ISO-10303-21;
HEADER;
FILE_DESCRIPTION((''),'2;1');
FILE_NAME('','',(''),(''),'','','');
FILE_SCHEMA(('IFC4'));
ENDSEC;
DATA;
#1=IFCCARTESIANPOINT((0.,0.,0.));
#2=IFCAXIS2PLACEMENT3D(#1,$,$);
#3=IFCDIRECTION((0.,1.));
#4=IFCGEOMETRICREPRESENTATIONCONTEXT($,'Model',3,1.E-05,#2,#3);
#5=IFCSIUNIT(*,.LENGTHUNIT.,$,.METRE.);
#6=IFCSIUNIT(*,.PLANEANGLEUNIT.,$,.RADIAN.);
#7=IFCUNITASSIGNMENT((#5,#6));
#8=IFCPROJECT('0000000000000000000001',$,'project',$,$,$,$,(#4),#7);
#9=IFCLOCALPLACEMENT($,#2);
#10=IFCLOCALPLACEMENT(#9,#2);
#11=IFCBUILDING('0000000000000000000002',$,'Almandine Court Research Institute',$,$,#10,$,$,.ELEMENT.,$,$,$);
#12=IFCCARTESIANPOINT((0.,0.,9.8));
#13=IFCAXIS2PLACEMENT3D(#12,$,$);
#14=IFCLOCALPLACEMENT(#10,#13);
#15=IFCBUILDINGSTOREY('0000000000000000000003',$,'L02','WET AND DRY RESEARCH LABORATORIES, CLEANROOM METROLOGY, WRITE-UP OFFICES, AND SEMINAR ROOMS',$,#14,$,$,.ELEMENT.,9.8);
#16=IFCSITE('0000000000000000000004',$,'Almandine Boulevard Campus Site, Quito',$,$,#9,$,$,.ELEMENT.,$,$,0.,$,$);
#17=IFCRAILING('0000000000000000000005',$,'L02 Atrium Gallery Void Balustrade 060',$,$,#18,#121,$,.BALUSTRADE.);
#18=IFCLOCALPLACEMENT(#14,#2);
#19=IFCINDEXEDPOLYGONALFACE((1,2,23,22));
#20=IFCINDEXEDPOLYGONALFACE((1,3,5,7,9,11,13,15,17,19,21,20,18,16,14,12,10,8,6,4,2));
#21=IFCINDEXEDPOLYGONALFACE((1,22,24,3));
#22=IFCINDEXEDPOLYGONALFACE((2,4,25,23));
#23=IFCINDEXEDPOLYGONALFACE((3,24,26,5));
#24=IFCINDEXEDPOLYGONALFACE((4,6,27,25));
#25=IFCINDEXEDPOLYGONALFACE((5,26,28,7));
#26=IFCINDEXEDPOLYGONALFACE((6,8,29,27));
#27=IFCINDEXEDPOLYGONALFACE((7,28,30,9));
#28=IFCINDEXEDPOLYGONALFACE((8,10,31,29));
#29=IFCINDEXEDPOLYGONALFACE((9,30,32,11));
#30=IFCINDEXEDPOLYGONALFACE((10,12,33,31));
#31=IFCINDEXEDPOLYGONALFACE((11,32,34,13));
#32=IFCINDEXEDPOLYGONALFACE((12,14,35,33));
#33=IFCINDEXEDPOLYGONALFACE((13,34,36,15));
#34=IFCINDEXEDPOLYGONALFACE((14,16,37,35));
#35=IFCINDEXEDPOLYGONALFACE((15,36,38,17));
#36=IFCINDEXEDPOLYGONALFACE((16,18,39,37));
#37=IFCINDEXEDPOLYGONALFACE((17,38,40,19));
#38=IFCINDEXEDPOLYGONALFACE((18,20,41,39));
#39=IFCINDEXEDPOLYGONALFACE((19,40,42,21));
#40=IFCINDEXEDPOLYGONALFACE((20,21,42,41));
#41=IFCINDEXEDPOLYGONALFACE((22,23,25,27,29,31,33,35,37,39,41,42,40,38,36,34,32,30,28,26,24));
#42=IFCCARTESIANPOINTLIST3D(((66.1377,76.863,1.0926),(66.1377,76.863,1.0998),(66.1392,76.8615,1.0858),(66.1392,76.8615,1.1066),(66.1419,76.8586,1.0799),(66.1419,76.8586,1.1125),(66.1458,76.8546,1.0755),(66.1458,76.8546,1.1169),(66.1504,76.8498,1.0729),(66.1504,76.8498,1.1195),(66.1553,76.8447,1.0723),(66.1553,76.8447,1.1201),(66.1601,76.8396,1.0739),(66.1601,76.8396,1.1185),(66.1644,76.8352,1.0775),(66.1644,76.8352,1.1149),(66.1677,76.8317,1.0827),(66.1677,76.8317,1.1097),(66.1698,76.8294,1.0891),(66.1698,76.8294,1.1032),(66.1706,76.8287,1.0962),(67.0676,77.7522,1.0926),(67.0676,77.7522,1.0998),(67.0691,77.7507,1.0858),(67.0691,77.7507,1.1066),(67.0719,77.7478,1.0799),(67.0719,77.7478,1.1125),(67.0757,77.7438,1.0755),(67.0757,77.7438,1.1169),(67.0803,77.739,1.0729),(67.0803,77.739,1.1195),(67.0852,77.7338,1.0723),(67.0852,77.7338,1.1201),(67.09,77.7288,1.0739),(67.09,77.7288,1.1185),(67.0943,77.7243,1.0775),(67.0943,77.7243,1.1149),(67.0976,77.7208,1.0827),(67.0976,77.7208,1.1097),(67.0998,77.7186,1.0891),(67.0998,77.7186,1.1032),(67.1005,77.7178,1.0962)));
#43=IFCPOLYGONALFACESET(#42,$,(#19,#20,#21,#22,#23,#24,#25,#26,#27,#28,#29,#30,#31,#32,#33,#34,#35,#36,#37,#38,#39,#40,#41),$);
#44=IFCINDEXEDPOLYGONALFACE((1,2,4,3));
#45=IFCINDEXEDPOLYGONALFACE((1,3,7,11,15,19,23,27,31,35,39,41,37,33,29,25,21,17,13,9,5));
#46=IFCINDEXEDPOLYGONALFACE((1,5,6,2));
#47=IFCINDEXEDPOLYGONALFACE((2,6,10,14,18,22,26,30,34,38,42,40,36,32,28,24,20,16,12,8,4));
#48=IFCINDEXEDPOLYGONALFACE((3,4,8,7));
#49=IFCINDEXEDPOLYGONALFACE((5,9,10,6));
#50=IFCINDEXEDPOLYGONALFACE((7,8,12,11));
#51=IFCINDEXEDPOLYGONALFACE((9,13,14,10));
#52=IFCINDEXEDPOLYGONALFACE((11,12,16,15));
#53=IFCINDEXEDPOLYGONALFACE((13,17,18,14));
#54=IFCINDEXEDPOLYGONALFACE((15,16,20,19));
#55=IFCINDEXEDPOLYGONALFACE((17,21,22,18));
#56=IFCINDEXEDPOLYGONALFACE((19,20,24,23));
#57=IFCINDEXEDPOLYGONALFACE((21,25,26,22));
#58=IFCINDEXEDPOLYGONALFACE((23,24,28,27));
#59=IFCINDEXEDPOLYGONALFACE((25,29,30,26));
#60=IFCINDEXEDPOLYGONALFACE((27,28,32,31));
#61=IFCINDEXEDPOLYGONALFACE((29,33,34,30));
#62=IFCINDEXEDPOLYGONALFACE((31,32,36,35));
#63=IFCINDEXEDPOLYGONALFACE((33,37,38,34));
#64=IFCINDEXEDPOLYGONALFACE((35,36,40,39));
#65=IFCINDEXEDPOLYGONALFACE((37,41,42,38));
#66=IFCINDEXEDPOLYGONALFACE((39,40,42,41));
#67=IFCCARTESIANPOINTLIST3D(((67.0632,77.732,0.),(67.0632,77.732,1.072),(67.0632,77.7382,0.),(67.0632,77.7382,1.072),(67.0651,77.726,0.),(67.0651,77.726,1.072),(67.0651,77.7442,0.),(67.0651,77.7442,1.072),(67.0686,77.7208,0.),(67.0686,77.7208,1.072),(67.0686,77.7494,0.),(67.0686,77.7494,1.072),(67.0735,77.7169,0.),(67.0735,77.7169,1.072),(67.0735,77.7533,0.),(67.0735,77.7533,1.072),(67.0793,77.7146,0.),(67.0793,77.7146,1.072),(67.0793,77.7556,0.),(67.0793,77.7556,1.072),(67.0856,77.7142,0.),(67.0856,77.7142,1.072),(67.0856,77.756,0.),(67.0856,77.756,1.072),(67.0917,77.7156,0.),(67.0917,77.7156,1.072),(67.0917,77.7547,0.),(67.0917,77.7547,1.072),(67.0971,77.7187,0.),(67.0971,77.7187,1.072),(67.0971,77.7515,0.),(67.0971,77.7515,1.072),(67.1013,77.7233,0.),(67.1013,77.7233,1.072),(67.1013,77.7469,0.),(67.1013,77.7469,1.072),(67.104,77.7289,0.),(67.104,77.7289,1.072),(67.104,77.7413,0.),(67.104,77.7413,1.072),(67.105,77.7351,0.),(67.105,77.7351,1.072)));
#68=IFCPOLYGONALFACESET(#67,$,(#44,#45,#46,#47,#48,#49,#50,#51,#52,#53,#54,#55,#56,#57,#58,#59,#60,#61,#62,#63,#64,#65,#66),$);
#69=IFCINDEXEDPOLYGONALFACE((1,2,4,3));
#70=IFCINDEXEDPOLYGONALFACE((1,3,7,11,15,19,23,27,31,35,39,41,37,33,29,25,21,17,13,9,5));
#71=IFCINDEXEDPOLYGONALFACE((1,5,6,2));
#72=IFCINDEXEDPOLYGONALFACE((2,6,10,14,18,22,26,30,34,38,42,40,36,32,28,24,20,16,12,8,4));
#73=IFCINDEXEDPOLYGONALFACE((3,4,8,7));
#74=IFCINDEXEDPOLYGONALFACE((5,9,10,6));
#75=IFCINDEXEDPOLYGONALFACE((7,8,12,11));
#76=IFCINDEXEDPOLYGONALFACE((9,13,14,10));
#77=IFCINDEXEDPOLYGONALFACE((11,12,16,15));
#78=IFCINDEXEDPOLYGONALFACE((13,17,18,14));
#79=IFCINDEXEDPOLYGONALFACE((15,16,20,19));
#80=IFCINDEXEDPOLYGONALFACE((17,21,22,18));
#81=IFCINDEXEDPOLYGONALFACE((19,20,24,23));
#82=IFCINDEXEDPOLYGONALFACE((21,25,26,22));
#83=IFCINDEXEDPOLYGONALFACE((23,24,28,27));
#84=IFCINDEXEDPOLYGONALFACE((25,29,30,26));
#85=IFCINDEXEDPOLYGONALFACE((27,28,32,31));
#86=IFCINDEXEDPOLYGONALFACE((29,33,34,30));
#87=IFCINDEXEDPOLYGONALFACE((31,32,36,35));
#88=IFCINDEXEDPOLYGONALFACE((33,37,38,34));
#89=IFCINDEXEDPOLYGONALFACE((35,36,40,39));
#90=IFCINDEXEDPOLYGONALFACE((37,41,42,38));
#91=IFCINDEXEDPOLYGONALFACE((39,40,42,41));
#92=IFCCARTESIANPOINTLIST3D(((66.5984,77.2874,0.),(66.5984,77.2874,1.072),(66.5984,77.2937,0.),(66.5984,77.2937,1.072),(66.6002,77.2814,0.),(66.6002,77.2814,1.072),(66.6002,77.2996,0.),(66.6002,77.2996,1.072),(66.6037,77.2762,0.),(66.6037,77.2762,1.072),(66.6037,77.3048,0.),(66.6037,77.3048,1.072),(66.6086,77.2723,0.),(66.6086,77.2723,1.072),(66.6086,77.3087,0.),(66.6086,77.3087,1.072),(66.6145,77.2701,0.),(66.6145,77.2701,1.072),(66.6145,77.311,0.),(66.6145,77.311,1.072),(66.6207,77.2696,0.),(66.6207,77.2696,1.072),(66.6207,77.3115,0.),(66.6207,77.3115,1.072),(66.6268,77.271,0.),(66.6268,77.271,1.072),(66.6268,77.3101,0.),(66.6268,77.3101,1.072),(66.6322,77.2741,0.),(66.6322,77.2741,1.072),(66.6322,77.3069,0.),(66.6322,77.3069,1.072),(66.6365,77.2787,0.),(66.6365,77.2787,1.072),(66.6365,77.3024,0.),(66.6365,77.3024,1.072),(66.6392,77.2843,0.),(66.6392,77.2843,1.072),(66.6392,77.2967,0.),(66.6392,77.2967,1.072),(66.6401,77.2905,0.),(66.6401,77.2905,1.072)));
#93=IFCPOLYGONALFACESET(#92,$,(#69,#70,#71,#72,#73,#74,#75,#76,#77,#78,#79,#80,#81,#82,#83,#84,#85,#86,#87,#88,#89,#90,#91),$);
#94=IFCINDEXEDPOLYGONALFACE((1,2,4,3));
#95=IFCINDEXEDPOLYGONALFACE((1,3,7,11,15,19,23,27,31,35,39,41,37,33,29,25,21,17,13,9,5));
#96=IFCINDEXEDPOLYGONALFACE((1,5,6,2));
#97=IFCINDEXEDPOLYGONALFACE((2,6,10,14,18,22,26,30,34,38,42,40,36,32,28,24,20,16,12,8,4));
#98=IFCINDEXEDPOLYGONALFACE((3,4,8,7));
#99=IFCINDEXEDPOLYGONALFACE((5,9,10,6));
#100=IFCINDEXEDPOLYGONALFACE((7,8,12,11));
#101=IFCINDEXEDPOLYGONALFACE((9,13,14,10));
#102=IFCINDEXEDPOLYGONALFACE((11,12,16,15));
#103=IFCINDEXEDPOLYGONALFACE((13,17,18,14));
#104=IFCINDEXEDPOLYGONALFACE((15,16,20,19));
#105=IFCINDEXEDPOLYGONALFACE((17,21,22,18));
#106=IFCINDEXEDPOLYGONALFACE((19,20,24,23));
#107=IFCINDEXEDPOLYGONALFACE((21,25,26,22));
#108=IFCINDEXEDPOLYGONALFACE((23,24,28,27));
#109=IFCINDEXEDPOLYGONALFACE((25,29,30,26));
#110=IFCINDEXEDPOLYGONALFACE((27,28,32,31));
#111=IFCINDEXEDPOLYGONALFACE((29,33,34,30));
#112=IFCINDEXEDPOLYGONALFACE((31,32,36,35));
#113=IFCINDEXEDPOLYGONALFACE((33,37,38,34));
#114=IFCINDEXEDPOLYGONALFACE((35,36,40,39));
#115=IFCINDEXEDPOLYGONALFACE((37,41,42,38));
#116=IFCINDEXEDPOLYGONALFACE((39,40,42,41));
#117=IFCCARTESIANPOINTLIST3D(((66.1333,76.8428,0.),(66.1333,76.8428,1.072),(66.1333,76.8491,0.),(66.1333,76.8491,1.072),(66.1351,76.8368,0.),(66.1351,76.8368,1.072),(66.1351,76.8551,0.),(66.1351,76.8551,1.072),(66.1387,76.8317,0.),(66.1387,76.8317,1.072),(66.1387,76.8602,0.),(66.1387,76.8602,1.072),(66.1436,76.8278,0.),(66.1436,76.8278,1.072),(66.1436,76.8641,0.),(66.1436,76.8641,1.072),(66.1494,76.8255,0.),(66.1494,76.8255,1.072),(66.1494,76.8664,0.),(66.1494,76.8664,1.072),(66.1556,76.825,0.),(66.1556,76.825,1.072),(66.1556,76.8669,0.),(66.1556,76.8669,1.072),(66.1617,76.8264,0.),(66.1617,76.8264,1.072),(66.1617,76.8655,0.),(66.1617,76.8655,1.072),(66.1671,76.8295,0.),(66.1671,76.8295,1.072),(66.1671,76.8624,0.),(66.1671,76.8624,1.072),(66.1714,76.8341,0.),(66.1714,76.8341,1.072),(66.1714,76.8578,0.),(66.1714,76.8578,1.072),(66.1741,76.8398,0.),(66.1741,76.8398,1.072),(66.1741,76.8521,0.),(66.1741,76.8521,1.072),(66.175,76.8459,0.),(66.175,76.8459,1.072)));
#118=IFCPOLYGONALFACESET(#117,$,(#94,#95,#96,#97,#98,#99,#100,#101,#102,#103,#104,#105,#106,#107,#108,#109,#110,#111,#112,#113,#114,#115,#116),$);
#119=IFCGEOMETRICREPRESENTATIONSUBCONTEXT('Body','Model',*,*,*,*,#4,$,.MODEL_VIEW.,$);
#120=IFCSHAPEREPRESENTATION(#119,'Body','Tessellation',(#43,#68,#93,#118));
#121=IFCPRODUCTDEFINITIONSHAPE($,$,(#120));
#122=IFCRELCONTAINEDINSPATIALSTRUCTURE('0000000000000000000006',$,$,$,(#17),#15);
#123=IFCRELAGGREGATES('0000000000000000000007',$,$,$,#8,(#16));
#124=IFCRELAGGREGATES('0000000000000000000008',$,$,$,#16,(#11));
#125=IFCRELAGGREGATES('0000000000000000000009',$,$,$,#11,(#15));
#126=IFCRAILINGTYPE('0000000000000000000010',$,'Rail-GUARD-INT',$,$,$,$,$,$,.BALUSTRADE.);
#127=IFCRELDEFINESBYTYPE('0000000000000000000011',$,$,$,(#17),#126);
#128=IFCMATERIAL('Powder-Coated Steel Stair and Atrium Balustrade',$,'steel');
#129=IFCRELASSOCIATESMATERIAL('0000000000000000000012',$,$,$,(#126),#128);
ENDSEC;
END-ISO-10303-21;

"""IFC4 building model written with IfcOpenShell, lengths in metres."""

from ifc_helpers import new_model, si_unit, direction, frame, origin, origin_2d, place, context, subcontext, project, spatial, circle, extrude, material, type_object, element, save


model = new_model("IFC4")

# Units and contexts
model_context = context("Model", 3, precision=1e-05, world=origin(), true_north=direction((0.0, 1.0)))
body_context = subcontext(model_context, "Body", "Model", "MODEL_VIEW")
ifc_project = project(units=[si_unit("LENGTHUNIT", "METRE"), si_unit("PLANEANGLEUNIT", "RADIAN")], contexts=[model_context])

# Site, building, storey
site_placement = place(None, origin())
site = spatial("IfcSite", under=ifc_project, at=site_placement, Name="Almandine Boulevard Campus Site, Quito", CompositionType="ELEMENT", RefElevation=0.0)
building_placement = place(site_placement, origin())
building = spatial("IfcBuilding", under=site, at=building_placement, Name="Almandine Court Research Institute", CompositionType="ELEMENT")
storey_placement = place(building_placement, frame((0.0, 0.0, 9.8)))
storey = spatial("IfcBuildingStorey", under=building, at=storey_placement, Name="L02", Description="WET AND DRY RESEARCH LABORATORIES, CLEANROOM METROLOGY, WRITE-UP OFFICES, AND SEMINAR ROOMS", CompositionType="ELEMENT", Elevation=9.8)

# Railing
ifc_material_1 = material(Name="Powder-Coated Steel Stair and Atrium Balustrade", Category="steel")
railing_type = type_object("IfcRailingType", Name="Rail-GUARD-INT", PredefinedType="BALUSTRADE", material=ifc_material_1)
railing_1_placement = place(storey_placement, frame((67.084, 77.7351, 0.0)))
element("IfcRailing", 1, at=railing_1_placement, inside=storey, type_object=railing_type, Name="L02 Atrium Gallery Void Balustrade 060", PredefinedType="BALUSTRADE", context=body_context, shape_type="SweptSolid", body=[
    extrude(circle(Radius=0.0239, at=origin_2d()), frame((0.0, 0.0, 1.0962), z_axis=(-0.722774, -0.691085, 0.0), x_axis=(0.691085, -0.722774, 0.0)), (0.0, 0.0, 1.0), 1.2866),
    extrude(circle(Radius=0.021, at=origin_2d()), origin(), (0.0, 0.0, 1.0), 1.072),
    extrude(circle(Radius=0.021, at=origin_2d()), frame((-0.4648, -0.4446, 0.0)), (0.0, 0.0, 1.0), 1.072),
    extrude(circle(Radius=0.021, at=origin_2d()), frame((-0.9299, -0.8892, 0.0)), (0.0, 0.0, 1.0), 1.072),
])

save(model, "model.ifc")
